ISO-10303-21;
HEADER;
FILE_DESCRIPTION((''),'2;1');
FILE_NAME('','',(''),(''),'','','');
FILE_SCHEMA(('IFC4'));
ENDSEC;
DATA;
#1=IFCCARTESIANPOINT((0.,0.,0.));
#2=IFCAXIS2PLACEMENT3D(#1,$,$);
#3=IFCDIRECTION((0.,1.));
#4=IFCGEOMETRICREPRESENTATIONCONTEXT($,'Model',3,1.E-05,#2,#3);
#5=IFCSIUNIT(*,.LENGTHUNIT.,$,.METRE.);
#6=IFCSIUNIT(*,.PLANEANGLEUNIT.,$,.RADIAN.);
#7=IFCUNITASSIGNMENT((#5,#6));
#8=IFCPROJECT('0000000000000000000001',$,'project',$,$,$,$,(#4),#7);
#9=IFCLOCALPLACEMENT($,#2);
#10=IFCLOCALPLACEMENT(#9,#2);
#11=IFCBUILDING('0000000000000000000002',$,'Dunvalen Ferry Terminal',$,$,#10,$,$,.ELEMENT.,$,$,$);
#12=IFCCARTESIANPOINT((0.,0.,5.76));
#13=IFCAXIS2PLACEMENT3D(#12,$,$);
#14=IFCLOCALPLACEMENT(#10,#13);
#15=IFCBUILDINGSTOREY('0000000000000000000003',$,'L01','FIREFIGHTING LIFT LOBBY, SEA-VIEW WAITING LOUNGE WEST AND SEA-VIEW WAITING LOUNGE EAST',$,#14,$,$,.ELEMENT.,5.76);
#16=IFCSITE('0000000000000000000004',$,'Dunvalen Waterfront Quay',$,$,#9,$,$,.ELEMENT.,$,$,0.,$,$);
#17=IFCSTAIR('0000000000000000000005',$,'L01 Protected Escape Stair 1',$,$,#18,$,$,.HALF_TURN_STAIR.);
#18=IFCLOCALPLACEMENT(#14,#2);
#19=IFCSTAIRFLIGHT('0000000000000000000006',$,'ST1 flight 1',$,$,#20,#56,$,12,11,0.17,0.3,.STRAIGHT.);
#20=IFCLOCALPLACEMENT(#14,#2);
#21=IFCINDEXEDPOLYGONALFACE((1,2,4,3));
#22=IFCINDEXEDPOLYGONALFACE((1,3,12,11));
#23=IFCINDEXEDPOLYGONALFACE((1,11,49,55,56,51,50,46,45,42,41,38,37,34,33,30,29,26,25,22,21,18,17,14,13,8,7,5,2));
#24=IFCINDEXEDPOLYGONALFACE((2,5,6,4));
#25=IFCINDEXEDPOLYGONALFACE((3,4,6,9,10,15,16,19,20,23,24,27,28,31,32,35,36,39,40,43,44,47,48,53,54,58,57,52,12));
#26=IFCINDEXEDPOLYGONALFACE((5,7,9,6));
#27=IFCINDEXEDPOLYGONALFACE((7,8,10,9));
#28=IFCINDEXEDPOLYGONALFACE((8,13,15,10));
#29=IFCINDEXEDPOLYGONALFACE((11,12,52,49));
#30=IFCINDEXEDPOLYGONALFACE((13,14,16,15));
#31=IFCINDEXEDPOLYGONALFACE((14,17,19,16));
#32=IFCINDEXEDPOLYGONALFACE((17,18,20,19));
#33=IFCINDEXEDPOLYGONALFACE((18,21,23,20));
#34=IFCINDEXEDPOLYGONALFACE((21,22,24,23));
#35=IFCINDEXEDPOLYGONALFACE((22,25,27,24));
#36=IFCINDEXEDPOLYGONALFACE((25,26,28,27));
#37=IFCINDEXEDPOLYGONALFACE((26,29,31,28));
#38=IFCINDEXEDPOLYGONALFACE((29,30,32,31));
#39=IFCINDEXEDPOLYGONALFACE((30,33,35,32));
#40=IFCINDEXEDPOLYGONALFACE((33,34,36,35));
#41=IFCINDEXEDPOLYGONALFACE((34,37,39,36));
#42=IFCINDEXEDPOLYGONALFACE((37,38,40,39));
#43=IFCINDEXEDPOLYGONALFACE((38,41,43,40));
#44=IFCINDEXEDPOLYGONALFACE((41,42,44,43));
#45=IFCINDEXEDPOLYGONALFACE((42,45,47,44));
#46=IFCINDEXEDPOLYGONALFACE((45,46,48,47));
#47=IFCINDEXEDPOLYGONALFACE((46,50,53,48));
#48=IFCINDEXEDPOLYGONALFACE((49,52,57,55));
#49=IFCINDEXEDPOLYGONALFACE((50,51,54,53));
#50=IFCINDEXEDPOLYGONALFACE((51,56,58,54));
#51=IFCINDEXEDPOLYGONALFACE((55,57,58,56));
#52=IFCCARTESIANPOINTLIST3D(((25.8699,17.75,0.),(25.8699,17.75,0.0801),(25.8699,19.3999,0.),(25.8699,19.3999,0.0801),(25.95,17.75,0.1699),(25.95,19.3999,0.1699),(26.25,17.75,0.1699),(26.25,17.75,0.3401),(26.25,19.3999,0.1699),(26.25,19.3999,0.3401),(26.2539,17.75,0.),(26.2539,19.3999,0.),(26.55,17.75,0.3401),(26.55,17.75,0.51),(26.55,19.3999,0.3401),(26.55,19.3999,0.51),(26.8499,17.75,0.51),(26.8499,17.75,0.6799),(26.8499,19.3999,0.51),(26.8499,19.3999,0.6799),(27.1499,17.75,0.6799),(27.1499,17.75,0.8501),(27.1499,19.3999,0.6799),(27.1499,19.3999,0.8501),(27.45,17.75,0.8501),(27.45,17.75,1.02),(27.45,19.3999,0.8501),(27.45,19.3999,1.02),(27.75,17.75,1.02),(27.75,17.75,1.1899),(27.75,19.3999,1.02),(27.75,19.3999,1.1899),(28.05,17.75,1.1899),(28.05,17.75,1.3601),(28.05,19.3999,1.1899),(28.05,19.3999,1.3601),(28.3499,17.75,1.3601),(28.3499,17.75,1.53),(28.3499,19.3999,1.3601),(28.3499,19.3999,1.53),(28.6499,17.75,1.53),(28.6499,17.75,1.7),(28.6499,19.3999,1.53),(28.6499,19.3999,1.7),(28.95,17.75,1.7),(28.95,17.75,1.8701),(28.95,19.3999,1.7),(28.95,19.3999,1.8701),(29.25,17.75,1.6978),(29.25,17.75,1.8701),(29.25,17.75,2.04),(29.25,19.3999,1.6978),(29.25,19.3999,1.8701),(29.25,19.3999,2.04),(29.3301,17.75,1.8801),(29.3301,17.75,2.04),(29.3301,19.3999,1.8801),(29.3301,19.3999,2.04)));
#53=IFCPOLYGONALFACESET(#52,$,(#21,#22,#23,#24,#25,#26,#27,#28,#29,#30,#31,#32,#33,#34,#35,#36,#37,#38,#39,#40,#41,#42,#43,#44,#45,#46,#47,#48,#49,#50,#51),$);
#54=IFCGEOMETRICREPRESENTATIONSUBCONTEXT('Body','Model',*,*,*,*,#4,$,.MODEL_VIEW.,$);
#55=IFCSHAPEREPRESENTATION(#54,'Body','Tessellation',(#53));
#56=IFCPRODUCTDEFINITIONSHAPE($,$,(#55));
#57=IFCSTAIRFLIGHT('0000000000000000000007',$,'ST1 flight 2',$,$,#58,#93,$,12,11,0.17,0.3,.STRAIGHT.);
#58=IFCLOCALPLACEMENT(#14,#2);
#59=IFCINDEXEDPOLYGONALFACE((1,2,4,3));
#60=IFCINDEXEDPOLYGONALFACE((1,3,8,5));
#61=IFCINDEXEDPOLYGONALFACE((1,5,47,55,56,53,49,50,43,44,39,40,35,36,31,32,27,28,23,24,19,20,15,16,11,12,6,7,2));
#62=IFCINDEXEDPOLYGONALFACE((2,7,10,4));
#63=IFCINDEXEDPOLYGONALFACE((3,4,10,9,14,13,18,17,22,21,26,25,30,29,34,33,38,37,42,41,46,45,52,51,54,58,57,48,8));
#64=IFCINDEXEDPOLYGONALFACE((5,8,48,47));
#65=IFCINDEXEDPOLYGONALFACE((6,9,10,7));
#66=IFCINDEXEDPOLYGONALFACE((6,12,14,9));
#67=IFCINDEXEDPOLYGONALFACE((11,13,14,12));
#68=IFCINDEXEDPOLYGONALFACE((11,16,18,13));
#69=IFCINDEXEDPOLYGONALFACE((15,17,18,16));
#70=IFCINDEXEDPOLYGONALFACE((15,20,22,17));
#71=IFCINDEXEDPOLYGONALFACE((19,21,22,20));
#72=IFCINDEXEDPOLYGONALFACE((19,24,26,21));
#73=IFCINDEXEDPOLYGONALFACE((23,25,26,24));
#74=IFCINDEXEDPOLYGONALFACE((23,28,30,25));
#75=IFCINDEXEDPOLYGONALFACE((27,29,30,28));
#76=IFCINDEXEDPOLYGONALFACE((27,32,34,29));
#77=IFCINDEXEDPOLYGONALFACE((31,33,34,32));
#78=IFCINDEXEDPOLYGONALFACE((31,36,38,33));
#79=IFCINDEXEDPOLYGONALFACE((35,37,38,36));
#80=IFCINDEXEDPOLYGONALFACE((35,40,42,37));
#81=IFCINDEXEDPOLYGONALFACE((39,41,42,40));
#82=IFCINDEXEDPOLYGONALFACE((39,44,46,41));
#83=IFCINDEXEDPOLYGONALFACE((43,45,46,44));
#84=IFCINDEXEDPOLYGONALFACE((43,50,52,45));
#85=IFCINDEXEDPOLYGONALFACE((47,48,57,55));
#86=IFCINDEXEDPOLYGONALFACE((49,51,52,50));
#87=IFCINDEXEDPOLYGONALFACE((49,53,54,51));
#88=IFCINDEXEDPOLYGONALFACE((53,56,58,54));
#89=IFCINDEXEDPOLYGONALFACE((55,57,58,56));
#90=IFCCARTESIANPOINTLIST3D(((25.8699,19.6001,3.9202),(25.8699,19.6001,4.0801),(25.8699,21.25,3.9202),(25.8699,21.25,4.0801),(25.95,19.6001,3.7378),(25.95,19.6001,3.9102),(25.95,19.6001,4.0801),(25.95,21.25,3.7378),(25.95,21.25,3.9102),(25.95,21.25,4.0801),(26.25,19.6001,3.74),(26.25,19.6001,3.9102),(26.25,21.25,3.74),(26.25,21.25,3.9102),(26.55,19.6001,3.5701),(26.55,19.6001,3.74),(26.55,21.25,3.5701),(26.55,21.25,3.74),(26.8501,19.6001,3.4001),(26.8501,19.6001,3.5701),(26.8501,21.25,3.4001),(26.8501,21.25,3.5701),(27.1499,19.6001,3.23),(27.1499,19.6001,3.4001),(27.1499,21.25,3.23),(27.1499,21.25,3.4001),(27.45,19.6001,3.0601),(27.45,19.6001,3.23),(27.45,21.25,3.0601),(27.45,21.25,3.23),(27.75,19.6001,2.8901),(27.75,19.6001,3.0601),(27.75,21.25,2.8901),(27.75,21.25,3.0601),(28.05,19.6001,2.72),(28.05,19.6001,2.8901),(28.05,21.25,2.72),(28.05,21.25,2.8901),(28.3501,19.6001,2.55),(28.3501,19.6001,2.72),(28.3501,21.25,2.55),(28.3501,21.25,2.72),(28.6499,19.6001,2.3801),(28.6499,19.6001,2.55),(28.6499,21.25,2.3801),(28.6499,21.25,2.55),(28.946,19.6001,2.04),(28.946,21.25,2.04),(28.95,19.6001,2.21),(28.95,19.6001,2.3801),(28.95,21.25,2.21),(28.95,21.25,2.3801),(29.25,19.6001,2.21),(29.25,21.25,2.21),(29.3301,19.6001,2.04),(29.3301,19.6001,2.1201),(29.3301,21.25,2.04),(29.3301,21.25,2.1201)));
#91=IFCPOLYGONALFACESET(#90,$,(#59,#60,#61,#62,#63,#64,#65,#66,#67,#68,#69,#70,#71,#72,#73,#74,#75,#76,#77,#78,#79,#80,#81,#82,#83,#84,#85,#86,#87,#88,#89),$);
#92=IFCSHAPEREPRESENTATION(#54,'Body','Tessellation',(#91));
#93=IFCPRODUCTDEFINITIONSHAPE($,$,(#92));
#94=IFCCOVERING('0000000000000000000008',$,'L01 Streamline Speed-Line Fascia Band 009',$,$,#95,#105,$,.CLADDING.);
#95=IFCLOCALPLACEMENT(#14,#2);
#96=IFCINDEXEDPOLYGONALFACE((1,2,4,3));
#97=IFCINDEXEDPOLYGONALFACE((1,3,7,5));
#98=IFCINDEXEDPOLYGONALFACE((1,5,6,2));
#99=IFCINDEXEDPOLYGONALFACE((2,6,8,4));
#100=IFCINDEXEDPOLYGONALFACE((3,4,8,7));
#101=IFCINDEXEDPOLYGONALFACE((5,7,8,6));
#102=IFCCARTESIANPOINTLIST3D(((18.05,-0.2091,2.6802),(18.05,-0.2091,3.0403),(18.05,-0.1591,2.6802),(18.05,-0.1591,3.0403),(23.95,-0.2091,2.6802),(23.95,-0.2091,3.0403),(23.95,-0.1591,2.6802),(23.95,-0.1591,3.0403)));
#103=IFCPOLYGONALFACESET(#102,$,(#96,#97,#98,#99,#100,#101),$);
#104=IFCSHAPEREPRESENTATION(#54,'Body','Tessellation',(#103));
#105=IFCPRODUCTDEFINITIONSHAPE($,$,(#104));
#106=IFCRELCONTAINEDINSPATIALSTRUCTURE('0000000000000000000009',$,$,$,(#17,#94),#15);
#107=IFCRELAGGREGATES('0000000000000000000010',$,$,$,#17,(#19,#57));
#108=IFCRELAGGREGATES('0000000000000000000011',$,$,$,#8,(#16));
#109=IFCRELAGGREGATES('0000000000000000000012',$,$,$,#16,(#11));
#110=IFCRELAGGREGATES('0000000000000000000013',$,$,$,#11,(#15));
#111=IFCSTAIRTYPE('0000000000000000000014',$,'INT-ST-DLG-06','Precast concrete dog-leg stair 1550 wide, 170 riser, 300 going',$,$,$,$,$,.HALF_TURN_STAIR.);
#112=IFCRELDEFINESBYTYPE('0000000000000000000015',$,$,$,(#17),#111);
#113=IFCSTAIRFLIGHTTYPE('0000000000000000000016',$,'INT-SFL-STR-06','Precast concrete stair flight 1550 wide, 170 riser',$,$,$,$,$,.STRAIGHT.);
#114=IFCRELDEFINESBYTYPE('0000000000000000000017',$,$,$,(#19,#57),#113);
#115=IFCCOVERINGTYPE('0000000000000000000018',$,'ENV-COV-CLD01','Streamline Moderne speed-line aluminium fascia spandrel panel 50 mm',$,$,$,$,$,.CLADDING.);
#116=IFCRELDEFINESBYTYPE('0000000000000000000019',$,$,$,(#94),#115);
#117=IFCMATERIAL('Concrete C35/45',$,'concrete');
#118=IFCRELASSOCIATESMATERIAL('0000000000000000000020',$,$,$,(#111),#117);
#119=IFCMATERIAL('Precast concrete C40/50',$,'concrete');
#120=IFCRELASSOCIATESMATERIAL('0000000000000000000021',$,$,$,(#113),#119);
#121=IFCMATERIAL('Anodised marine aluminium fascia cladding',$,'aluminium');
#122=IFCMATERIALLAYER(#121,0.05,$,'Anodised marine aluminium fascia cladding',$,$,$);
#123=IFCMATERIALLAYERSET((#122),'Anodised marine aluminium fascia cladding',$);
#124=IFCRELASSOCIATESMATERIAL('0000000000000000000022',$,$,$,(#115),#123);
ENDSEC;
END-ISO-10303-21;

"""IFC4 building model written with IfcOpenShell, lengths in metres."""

from ifc_helpers import new_model, si_unit, direction, frame, origin, origin_2d, place, context, subcontext, project, spatial, polyline, rectangle, outline, extrude, material, layer, layer_set, type_object, element, aggregate, save


model = new_model("IFC4")

# Units and contexts
model_context = context("Model", 3, precision=1e-05, world=origin(), true_north=direction((0.0, 1.0)))
body_context = subcontext(model_context, "Body", "Model", "MODEL_VIEW")
ifc_project = project(units=[si_unit("LENGTHUNIT", "METRE"), si_unit("PLANEANGLEUNIT", "RADIAN")], contexts=[model_context])

# Site, building, storey
site_placement = place(None, origin())
site = spatial("IfcSite", under=ifc_project, at=site_placement, Name="Dunvalen Waterfront Quay", CompositionType="ELEMENT", RefElevation=0.0)
building_placement = place(site_placement, origin())
building = spatial("IfcBuilding", under=site, at=building_placement, Name="Dunvalen Ferry Terminal", CompositionType="ELEMENT")
storey_placement = place(building_placement, frame((0.0, 0.0, 5.76)))
storey = spatial("IfcBuildingStorey", under=building, at=storey_placement, Name="L01", Description="FIREFIGHTING LIFT LOBBY, SEA-VIEW WAITING LOUNGE WEST AND SEA-VIEW WAITING LOUNGE EAST", CompositionType="ELEMENT", Elevation=5.76)

# Shared definitions
ifc_material_1 = material(Name="Concrete C35/45", Category="concrete")

# Shared definitions
ifc_material_2 = material(Name="Precast concrete C40/50", Category="concrete")

# Stair, stair flights
stair_type_1 = type_object("IfcStairType", Name="INT-ST-DLG-06", Description="Precast concrete dog-leg stair 1550 wide, 170 riser, 300 going", PredefinedType="HALF_TURN_STAIR", material=ifc_material_1)
stair_1_placement = place(storey_placement, origin())
stair_1 = element("IfcStair", 1, at=stair_1_placement, inside=storey, type_object=stair_type_1, Name="L01 Protected Escape Stair 1", PredefinedType="HALF_TURN_STAIR")
stair_flight_type_1 = type_object("IfcStairFlightType", Name="INT-SFL-STR-06", Description="Precast concrete stair flight 1550 wide, 170 riser", PredefinedType="STRAIGHT", material=ifc_material_2)
stair_flight_1_placement = place(storey_placement, frame((25.95, 18.575, 0.0), z_axis=(0.0, 0.0, 1.0), x_axis=(1.0, 0.0, 0.0)))
stair_flight_1 = element("IfcStairFlight", 2, at=stair_flight_1_placement, type_object=stair_flight_type_1, Name="ST1 flight 1", NumberOfRisers=12, NumberOfTreads=11, PredefinedType="STRAIGHT", RiserHeight=0.17, TreadLength=0.3, context=body_context, shape_type="SweptSolid", body=[
    extrude(outline(polyline([(-0.0801, 0.0), (-0.0801, 0.0801), (0.0, 0.1699), (0.3, 0.1699), (0.3, 0.3401), (0.6001, 0.3401), (0.6001, 0.51), (0.8999, 0.51), (0.8999, 0.6799), (1.2, 0.6799), (1.2, 0.8501), (1.5, 0.8501), (1.5, 1.02), (1.8, 1.02), (1.8, 1.1899), (2.1001, 1.1899), (2.1001, 1.3601), (2.3999, 1.3601), (2.3999, 1.53), (2.7, 1.53), (2.7, 1.7), (3.0, 1.7), (3.0, 1.8701), (3.3, 1.8701), (3.3, 2.04), (3.3801, 2.04), (3.3801, 1.8801), (3.3, 1.6978), (0.304, 0.0), (-0.0801, 0.0)])), frame((0.0, 0.825, 0.0), z_axis=(0.0, -1.0, 0.0), x_axis=(1.0, 0.0, 0.0)), (0.0, 0.0, 1.0), 1.6499),
])
stair_flight_2_placement = place(storey_placement, frame((29.25, 20.425, 2.04), z_axis=(0.0, 0.0, 1.0), x_axis=(-1.0, 0.0, 0.0)))
stair_flight_2 = element("IfcStairFlight", 3, at=stair_flight_2_placement, type_object=stair_flight_type_1, Name="ST1 flight 2", NumberOfRisers=12, NumberOfTreads=11, PredefinedType="STRAIGHT", RiserHeight=0.17, TreadLength=0.3, context=body_context, shape_type="SweptSolid", body=[
    extrude(outline(polyline([(-0.0801, 0.0), (-0.0801, 0.0801), (0.0, 0.1699), (0.3, 0.1699), (0.3, 0.3401), (0.6001, 0.3401), (0.6001, 0.51), (0.8999, 0.51), (0.8999, 0.6799), (1.2, 0.6799), (1.2, 0.8501), (1.5, 0.8501), (1.5, 1.02), (1.8, 1.02), (1.8, 1.1899), (2.1001, 1.1899), (2.1001, 1.3601), (2.3999, 1.3601), (2.3999, 1.53), (2.7, 1.53), (2.7, 1.7), (3.0, 1.7), (3.0, 1.8701), (3.3, 1.8701), (3.3, 2.04), (3.3801, 2.04), (3.3801, 1.8801), (3.3, 1.6978), (0.304, 0.0), (-0.0801, 0.0)])), frame((0.0, 0.825, 0.0), z_axis=(0.0, -1.0, 0.0), x_axis=(1.0, 0.0, 0.0)), (0.0, 0.0, 1.0), 1.6499),
])
aggregate(stair_1, [stair_flight_1, stair_flight_2])

# Covering
ifc_material_3 = material(Name="Anodised marine aluminium fascia cladding", Category="aluminium")
ifc_layer_1 = layer(ifc_material_3, 0.05, Name="Anodised marine aluminium fascia cladding")
ifc_layer_set_1 = layer_set([ifc_layer_1], Name="Anodised marine aluminium fascia cladding")
covering_type = type_object("IfcCoveringType", Name="ENV-COV-CLD01", Description="Streamline Moderne speed-line aluminium fascia spandrel panel 50 mm", PredefinedType="CLADDING", material=ifc_layer_set_1)
covering_placement = place(storey_placement, frame((21.0, -0.1841, 2.6802), z_axis=(0.0, 0.0, 1.0), x_axis=(1.0, 0.0, 0.0)))
element("IfcCovering", 4, at=covering_placement, inside=storey, type_object=covering_type, Name="L01 Streamline Speed-Line Fascia Band 009", PredefinedType="CLADDING", context=body_context, shape_type="SweptSolid", body=[
    extrude(rectangle(XDim=5.8999, YDim=0.05, at=origin_2d()), origin(), (0.0, 0.0, 1.0), 0.3601),
])

save(model, "model.ifc")
